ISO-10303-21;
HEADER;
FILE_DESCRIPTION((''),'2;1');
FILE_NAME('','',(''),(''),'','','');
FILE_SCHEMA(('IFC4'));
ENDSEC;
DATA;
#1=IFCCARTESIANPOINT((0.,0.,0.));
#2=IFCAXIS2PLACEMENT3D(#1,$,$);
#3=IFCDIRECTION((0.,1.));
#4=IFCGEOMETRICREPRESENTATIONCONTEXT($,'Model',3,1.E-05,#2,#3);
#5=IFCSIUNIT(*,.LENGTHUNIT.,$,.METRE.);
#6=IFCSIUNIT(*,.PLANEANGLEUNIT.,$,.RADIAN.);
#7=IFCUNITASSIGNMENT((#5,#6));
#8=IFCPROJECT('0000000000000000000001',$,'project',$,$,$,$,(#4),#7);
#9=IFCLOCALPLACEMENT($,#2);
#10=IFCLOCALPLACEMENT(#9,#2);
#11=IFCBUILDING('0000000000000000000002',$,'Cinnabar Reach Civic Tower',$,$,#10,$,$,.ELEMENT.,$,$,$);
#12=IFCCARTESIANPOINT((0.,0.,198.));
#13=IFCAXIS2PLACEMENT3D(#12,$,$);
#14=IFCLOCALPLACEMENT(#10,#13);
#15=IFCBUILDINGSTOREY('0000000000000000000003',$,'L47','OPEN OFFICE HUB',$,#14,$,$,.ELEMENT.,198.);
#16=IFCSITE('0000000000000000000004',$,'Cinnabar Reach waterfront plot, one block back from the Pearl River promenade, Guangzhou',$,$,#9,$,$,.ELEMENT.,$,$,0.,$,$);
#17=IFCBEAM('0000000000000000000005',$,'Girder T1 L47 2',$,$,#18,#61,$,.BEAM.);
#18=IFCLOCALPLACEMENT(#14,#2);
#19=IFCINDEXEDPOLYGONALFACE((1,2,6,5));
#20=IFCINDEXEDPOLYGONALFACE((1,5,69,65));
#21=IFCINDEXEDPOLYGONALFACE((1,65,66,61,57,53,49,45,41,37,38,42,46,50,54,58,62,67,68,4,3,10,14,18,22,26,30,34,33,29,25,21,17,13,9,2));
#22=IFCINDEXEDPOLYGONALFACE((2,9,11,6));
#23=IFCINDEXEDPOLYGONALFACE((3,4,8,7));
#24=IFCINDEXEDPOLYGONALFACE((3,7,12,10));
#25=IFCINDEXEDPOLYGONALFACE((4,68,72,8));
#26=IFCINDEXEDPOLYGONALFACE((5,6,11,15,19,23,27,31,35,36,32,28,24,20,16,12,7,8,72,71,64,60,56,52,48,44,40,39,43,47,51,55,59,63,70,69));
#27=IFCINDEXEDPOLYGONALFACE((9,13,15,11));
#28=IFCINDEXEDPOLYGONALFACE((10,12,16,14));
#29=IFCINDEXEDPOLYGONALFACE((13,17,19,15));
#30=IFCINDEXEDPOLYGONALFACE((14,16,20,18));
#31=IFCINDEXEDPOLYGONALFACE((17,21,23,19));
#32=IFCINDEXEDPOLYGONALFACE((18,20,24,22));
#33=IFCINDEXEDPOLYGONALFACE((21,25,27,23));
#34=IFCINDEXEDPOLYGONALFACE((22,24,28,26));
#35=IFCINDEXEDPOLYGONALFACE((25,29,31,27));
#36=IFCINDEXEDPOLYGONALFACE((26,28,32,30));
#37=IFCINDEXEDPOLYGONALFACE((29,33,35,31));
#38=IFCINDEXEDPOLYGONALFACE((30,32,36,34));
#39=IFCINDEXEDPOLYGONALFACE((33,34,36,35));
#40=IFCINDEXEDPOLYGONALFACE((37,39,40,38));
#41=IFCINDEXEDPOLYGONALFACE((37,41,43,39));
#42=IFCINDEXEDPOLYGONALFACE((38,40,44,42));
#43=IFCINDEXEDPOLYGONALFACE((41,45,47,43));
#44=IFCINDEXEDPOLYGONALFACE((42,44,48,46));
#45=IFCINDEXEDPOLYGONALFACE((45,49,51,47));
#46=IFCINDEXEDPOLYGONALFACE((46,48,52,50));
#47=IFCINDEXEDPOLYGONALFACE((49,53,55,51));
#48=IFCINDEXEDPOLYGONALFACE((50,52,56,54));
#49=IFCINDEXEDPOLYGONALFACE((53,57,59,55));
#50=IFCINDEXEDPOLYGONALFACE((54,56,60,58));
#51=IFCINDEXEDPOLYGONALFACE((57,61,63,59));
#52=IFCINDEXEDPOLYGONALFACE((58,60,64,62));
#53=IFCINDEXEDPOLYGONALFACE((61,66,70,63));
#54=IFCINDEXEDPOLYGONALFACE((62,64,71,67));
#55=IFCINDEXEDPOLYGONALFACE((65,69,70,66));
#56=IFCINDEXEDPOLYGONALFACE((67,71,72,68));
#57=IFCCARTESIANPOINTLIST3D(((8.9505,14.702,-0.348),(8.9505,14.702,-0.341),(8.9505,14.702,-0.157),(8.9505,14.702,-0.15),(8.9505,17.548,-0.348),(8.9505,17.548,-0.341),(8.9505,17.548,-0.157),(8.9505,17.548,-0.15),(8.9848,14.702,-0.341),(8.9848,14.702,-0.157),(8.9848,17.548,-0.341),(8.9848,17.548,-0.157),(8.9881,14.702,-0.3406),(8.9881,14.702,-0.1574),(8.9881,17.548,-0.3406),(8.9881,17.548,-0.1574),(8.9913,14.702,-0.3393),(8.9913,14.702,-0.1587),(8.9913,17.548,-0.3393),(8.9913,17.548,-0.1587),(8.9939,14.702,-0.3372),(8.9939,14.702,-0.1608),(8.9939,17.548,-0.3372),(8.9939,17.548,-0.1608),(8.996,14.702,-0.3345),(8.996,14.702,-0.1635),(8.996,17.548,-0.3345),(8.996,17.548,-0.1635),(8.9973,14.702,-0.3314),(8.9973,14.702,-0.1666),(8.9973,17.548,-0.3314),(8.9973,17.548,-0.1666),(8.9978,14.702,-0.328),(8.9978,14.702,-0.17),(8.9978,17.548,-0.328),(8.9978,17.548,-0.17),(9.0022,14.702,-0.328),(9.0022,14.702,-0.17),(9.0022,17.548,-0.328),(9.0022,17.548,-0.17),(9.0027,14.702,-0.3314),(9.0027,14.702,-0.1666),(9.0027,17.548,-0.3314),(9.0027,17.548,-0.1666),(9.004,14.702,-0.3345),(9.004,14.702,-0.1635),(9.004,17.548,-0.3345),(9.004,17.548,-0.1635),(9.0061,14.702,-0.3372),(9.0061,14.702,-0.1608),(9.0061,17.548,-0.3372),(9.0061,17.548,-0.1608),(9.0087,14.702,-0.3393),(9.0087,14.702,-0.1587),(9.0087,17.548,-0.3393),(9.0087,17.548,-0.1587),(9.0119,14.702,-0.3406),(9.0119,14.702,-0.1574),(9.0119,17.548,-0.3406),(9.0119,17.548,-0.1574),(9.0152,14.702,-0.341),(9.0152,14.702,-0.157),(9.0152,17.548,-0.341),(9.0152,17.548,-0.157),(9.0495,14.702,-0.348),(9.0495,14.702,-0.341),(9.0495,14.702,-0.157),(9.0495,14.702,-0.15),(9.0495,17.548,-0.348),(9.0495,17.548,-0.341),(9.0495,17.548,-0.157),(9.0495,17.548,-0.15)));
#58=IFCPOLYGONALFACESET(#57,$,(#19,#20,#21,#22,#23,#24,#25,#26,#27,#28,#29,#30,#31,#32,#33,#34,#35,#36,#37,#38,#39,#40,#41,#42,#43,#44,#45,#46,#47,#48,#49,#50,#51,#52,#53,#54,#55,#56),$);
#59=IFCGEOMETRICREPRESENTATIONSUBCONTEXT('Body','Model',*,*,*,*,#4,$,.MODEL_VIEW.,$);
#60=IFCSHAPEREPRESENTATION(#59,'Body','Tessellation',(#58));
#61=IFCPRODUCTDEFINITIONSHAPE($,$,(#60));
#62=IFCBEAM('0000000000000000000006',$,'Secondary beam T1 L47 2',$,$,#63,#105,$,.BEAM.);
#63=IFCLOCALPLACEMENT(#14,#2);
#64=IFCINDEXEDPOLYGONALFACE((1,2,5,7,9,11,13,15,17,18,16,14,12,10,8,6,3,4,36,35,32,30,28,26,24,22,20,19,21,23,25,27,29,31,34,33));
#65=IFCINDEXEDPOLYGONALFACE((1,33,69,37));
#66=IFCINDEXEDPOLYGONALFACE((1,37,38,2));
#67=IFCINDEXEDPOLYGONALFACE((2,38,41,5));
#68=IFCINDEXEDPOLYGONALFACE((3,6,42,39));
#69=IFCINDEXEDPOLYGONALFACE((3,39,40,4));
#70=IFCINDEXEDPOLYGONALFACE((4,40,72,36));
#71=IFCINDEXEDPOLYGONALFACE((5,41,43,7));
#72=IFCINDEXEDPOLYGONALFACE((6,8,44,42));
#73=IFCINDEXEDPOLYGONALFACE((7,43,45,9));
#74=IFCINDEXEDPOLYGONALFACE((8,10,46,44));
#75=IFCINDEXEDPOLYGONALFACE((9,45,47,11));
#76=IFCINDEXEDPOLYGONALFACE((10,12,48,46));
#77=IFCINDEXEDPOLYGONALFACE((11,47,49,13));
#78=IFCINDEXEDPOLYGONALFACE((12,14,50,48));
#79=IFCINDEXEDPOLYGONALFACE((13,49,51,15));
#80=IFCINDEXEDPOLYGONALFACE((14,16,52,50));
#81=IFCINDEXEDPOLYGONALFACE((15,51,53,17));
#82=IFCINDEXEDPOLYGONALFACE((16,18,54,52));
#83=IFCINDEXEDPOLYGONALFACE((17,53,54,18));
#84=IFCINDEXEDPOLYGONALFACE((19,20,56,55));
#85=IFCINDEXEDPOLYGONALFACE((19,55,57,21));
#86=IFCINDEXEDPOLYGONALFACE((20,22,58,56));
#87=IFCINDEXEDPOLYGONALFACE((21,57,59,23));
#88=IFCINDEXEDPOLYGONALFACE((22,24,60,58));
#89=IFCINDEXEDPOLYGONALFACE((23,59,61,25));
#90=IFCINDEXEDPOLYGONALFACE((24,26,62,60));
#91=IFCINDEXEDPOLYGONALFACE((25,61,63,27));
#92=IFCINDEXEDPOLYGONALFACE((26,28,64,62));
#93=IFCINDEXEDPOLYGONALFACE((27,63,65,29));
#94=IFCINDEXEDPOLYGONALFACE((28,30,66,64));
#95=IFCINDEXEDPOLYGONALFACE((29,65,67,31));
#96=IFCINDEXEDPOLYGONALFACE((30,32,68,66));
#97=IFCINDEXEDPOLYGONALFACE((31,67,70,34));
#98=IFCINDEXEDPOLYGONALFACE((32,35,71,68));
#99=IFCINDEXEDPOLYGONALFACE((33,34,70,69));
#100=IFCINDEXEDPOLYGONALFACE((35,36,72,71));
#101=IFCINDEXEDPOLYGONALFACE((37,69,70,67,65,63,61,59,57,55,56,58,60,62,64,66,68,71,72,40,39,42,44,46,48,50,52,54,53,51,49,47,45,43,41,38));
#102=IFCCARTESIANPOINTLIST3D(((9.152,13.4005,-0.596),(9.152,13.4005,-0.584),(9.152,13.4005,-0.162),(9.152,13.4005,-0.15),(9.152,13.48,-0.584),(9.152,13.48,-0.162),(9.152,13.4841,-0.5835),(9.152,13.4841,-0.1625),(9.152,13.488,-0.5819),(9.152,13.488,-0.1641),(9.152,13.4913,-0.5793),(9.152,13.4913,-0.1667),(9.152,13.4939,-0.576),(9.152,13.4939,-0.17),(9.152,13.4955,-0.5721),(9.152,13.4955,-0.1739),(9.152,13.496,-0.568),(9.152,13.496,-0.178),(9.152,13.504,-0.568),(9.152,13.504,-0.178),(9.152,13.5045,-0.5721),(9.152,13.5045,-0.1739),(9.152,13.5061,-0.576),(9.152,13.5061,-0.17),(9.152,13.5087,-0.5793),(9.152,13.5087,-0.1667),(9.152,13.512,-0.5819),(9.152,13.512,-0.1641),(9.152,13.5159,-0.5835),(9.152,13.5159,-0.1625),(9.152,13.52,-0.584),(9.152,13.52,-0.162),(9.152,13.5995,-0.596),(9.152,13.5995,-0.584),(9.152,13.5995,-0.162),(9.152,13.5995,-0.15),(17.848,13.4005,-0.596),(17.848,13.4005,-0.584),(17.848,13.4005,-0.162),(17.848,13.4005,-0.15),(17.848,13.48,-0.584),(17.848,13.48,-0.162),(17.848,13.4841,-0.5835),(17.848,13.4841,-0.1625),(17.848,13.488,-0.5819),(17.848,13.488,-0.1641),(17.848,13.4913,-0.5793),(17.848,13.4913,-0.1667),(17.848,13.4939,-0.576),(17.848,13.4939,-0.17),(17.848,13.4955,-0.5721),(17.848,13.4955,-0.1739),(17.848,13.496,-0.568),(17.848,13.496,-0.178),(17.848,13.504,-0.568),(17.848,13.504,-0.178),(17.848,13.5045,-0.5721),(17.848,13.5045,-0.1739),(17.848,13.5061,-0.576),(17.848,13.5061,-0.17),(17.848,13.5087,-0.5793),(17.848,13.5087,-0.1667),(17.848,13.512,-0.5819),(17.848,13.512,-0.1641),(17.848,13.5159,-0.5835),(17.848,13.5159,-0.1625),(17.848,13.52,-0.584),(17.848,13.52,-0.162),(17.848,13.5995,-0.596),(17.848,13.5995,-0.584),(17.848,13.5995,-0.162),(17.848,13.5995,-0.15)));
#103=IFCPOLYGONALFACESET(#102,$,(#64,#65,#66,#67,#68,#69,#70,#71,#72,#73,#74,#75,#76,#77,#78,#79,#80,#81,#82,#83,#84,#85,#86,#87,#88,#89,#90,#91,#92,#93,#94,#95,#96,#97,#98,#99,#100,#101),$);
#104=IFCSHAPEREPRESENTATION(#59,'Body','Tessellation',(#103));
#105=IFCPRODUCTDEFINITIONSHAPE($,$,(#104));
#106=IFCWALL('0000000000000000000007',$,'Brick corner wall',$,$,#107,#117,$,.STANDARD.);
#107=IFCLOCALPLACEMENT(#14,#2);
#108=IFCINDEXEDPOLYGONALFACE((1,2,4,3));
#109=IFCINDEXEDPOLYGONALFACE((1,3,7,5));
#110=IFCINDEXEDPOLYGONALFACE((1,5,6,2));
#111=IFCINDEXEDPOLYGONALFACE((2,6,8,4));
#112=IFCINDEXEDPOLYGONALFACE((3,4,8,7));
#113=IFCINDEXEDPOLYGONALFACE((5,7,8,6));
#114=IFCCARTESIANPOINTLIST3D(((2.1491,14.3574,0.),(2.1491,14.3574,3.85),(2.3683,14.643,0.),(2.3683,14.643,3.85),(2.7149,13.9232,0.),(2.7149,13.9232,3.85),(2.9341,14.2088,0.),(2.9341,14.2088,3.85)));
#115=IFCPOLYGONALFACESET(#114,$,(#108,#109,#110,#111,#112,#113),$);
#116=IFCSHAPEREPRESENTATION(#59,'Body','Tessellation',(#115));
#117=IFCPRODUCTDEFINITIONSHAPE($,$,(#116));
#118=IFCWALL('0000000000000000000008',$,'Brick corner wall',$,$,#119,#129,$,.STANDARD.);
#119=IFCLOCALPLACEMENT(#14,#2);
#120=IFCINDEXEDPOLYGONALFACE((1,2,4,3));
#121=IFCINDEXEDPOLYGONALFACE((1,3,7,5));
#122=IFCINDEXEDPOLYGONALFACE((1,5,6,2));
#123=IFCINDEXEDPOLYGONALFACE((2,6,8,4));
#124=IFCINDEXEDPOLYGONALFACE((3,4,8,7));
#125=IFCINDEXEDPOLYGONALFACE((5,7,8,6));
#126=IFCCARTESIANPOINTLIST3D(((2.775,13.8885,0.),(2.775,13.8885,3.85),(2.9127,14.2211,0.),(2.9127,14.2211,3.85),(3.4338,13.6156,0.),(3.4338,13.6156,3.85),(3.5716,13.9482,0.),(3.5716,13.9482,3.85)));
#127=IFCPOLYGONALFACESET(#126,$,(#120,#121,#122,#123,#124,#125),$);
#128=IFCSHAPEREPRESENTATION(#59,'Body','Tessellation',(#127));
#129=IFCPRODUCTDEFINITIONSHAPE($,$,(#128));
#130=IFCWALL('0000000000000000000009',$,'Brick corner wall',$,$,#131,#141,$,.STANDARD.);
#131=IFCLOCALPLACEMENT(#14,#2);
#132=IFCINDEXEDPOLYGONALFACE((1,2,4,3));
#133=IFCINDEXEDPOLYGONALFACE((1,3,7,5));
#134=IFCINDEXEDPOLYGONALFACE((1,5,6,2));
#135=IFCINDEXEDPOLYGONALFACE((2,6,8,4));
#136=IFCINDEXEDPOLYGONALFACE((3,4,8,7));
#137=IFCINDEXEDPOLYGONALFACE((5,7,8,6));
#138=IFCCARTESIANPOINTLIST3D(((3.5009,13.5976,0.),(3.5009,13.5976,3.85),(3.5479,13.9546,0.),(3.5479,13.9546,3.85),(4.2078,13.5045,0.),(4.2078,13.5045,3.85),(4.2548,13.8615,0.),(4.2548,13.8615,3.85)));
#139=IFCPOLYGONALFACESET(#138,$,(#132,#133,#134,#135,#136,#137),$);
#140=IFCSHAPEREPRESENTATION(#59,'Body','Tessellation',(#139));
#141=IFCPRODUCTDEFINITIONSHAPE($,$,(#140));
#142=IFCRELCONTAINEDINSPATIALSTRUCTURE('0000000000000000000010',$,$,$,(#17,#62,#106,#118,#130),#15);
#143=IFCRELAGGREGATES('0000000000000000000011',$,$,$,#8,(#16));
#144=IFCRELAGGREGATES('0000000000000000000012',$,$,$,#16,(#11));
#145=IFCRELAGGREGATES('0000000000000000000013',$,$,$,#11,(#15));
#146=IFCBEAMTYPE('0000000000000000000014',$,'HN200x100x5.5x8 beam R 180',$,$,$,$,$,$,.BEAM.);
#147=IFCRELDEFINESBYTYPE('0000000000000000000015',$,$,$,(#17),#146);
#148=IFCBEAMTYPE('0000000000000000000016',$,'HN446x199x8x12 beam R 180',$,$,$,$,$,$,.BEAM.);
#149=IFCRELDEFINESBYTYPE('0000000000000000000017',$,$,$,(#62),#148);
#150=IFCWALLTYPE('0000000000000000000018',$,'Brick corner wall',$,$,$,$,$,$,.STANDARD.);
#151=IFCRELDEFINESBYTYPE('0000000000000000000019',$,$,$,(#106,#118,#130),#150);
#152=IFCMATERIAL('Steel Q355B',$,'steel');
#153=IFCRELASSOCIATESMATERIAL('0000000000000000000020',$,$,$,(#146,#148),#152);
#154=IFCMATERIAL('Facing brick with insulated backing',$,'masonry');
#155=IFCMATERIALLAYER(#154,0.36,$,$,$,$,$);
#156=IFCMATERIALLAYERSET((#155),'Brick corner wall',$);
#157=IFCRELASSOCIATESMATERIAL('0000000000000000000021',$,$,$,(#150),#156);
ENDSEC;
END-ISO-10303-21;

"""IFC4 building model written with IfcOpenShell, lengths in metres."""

from ifc_helpers import new_model, si_unit, direction, frame, frame_2d, origin, origin_2d, place, context, subcontext, project, spatial, rectangle, i_section, extrude, material, layer, layer_set, material_profile, profile_set, type_object, element, save


model = new_model("IFC4")

# Units and contexts
model_context = context("Model", 3, precision=1e-05, world=origin(), true_north=direction((0.0, 1.0)))
body_context = subcontext(model_context, "Body", "Model", "MODEL_VIEW")
ifc_project = project(units=[si_unit("LENGTHUNIT", "METRE"), si_unit("PLANEANGLEUNIT", "RADIAN")], contexts=[model_context])

# Site, building, storey
site_placement = place(None, origin())
site = spatial("IfcSite", under=ifc_project, at=site_placement, Name="Cinnabar Reach waterfront plot, one block back from the Pearl River promenade, Guangzhou", CompositionType="ELEMENT", RefElevation=0.0)
building_placement = place(site_placement, origin())
building = spatial("IfcBuilding", under=site, at=building_placement, Name="Cinnabar Reach Civic Tower", CompositionType="ELEMENT")
storey_placement = place(building_placement, frame((0.0, 0.0, 198.0)))
storey = spatial("IfcBuildingStorey", under=building, at=storey_placement, Name="L47", Description="OPEN OFFICE HUB", CompositionType="ELEMENT", Elevation=198.0)

# Beams
ifc_material_1 = material(Name="Steel Q355B", Category="steel")
ifc_material_profile_1 = material_profile(ifc_material_1, i_section(OverallWidth=0.099, OverallDepth=0.198, WebThickness=0.0045, FlangeThickness=0.007, FilletRadius=0.013, at=origin_2d()), Name="HN200x100x5.5x8")
ifc_profile_set_1 = profile_set([ifc_material_profile_1], Name="Steel Q355B")
beam_type_1 = type_object("IfcBeamType", Name="HN200x100x5.5x8 beam R 180", PredefinedType="BEAM", material=ifc_profile_set_1)
beam_1_placement = place(storey_placement, frame((9.0, 14.702, -0.249), z_axis=(0.0, 1.0, 0.0), x_axis=(-1.0, 0.0, 0.0)))
element("IfcBeam", 1, at=beam_1_placement, inside=storey, type_object=beam_type_1, Name="Girder T1 L47 2", PredefinedType="BEAM", context=body_context, shape_type="SweptSolid", body=[
    extrude(i_section(OverallWidth=0.099, OverallDepth=0.198, WebThickness=0.0045, FlangeThickness=0.007, FilletRadius=0.013, at=origin_2d()), origin(), (0.0, 0.0, 1.0), 2.846),
])
ifc_material_profile_2 = material_profile(ifc_material_1, i_section(OverallWidth=0.199, OverallDepth=0.446, WebThickness=0.008, FlangeThickness=0.012, FilletRadius=0.016, at=origin_2d()), Name="HN446x199x8x12")
ifc_profile_set_2 = profile_set([ifc_material_profile_2], Name="Steel Q355B")
beam_type_2 = type_object("IfcBeamType", Name="HN446x199x8x12 beam R 180", PredefinedType="BEAM", material=ifc_profile_set_2)
beam_2_placement = place(storey_placement, frame((9.152, 13.5, -0.373), z_axis=(1.0, 0.0, 0.0), x_axis=(0.0, 1.0, 0.0)))
element("IfcBeam", 2, at=beam_2_placement, inside=storey, type_object=beam_type_2, Name="Secondary beam T1 L47 2", PredefinedType="BEAM", context=body_context, shape_type="SweptSolid", body=[
    extrude(i_section(OverallWidth=0.199, OverallDepth=0.446, WebThickness=0.008, FlangeThickness=0.012, FilletRadius=0.016, at=origin_2d()), origin(), (0.0, 0.0, 1.0), 8.696),
])

# Walls
ifc_material_2 = material(Name="Facing brick with insulated backing", Category="masonry")
ifc_layer_1 = layer(ifc_material_2, 0.36)
ifc_layer_set_1 = layer_set([ifc_layer_1], Name="Brick corner wall")
wall_type_1 = type_object("IfcWallType", Name="Brick corner wall", PredefinedType="STANDARD", material=ifc_layer_set_1)
wall_1_placement = place(storey_placement, frame((2.2587, 14.5002, 0.0), z_axis=(0.0, 0.0, 1.0), x_axis=(0.793322, -0.608802, 0.0)))
element("IfcWall", 3, at=wall_1_placement, inside=storey, type_object=wall_type_1, Name="Brick corner wall", PredefinedType="STANDARD", context=body_context, shape_type="SweptSolid", body=[
    extrude(rectangle(XDim=0.7132, YDim=0.36, at=frame_2d((0.3566, 0.0))), origin(), (0.0, 0.0, 1.0), 3.85),
])
for number, where, z_axis, x_axis, name in (
    (4, (2.8439, 14.0548, 0.0), (0.0, 0.0, 1.0), (0.923872, -0.382703, 0.0), "Brick corner wall"),
    (5, (3.5244, 13.7761, 0.0), (0.0, 0.0, 1.0), (0.991441, -0.130556, 0.0), "Brick corner wall"),
):
    element("IfcWall", number, at=place(storey_placement, frame(where, z_axis=z_axis, x_axis=x_axis)), inside=storey, type_object=wall_type_1, Name=name, PredefinedType="STANDARD", context=body_context, shape_type="SweptSolid", body=[
        extrude(rectangle(XDim=0.7131, YDim=0.36, at=frame_2d((0.3565, 0.0))), origin(), (0.0, 0.0, 1.0), 3.85),
    ])

save(model, "model.ifc")
